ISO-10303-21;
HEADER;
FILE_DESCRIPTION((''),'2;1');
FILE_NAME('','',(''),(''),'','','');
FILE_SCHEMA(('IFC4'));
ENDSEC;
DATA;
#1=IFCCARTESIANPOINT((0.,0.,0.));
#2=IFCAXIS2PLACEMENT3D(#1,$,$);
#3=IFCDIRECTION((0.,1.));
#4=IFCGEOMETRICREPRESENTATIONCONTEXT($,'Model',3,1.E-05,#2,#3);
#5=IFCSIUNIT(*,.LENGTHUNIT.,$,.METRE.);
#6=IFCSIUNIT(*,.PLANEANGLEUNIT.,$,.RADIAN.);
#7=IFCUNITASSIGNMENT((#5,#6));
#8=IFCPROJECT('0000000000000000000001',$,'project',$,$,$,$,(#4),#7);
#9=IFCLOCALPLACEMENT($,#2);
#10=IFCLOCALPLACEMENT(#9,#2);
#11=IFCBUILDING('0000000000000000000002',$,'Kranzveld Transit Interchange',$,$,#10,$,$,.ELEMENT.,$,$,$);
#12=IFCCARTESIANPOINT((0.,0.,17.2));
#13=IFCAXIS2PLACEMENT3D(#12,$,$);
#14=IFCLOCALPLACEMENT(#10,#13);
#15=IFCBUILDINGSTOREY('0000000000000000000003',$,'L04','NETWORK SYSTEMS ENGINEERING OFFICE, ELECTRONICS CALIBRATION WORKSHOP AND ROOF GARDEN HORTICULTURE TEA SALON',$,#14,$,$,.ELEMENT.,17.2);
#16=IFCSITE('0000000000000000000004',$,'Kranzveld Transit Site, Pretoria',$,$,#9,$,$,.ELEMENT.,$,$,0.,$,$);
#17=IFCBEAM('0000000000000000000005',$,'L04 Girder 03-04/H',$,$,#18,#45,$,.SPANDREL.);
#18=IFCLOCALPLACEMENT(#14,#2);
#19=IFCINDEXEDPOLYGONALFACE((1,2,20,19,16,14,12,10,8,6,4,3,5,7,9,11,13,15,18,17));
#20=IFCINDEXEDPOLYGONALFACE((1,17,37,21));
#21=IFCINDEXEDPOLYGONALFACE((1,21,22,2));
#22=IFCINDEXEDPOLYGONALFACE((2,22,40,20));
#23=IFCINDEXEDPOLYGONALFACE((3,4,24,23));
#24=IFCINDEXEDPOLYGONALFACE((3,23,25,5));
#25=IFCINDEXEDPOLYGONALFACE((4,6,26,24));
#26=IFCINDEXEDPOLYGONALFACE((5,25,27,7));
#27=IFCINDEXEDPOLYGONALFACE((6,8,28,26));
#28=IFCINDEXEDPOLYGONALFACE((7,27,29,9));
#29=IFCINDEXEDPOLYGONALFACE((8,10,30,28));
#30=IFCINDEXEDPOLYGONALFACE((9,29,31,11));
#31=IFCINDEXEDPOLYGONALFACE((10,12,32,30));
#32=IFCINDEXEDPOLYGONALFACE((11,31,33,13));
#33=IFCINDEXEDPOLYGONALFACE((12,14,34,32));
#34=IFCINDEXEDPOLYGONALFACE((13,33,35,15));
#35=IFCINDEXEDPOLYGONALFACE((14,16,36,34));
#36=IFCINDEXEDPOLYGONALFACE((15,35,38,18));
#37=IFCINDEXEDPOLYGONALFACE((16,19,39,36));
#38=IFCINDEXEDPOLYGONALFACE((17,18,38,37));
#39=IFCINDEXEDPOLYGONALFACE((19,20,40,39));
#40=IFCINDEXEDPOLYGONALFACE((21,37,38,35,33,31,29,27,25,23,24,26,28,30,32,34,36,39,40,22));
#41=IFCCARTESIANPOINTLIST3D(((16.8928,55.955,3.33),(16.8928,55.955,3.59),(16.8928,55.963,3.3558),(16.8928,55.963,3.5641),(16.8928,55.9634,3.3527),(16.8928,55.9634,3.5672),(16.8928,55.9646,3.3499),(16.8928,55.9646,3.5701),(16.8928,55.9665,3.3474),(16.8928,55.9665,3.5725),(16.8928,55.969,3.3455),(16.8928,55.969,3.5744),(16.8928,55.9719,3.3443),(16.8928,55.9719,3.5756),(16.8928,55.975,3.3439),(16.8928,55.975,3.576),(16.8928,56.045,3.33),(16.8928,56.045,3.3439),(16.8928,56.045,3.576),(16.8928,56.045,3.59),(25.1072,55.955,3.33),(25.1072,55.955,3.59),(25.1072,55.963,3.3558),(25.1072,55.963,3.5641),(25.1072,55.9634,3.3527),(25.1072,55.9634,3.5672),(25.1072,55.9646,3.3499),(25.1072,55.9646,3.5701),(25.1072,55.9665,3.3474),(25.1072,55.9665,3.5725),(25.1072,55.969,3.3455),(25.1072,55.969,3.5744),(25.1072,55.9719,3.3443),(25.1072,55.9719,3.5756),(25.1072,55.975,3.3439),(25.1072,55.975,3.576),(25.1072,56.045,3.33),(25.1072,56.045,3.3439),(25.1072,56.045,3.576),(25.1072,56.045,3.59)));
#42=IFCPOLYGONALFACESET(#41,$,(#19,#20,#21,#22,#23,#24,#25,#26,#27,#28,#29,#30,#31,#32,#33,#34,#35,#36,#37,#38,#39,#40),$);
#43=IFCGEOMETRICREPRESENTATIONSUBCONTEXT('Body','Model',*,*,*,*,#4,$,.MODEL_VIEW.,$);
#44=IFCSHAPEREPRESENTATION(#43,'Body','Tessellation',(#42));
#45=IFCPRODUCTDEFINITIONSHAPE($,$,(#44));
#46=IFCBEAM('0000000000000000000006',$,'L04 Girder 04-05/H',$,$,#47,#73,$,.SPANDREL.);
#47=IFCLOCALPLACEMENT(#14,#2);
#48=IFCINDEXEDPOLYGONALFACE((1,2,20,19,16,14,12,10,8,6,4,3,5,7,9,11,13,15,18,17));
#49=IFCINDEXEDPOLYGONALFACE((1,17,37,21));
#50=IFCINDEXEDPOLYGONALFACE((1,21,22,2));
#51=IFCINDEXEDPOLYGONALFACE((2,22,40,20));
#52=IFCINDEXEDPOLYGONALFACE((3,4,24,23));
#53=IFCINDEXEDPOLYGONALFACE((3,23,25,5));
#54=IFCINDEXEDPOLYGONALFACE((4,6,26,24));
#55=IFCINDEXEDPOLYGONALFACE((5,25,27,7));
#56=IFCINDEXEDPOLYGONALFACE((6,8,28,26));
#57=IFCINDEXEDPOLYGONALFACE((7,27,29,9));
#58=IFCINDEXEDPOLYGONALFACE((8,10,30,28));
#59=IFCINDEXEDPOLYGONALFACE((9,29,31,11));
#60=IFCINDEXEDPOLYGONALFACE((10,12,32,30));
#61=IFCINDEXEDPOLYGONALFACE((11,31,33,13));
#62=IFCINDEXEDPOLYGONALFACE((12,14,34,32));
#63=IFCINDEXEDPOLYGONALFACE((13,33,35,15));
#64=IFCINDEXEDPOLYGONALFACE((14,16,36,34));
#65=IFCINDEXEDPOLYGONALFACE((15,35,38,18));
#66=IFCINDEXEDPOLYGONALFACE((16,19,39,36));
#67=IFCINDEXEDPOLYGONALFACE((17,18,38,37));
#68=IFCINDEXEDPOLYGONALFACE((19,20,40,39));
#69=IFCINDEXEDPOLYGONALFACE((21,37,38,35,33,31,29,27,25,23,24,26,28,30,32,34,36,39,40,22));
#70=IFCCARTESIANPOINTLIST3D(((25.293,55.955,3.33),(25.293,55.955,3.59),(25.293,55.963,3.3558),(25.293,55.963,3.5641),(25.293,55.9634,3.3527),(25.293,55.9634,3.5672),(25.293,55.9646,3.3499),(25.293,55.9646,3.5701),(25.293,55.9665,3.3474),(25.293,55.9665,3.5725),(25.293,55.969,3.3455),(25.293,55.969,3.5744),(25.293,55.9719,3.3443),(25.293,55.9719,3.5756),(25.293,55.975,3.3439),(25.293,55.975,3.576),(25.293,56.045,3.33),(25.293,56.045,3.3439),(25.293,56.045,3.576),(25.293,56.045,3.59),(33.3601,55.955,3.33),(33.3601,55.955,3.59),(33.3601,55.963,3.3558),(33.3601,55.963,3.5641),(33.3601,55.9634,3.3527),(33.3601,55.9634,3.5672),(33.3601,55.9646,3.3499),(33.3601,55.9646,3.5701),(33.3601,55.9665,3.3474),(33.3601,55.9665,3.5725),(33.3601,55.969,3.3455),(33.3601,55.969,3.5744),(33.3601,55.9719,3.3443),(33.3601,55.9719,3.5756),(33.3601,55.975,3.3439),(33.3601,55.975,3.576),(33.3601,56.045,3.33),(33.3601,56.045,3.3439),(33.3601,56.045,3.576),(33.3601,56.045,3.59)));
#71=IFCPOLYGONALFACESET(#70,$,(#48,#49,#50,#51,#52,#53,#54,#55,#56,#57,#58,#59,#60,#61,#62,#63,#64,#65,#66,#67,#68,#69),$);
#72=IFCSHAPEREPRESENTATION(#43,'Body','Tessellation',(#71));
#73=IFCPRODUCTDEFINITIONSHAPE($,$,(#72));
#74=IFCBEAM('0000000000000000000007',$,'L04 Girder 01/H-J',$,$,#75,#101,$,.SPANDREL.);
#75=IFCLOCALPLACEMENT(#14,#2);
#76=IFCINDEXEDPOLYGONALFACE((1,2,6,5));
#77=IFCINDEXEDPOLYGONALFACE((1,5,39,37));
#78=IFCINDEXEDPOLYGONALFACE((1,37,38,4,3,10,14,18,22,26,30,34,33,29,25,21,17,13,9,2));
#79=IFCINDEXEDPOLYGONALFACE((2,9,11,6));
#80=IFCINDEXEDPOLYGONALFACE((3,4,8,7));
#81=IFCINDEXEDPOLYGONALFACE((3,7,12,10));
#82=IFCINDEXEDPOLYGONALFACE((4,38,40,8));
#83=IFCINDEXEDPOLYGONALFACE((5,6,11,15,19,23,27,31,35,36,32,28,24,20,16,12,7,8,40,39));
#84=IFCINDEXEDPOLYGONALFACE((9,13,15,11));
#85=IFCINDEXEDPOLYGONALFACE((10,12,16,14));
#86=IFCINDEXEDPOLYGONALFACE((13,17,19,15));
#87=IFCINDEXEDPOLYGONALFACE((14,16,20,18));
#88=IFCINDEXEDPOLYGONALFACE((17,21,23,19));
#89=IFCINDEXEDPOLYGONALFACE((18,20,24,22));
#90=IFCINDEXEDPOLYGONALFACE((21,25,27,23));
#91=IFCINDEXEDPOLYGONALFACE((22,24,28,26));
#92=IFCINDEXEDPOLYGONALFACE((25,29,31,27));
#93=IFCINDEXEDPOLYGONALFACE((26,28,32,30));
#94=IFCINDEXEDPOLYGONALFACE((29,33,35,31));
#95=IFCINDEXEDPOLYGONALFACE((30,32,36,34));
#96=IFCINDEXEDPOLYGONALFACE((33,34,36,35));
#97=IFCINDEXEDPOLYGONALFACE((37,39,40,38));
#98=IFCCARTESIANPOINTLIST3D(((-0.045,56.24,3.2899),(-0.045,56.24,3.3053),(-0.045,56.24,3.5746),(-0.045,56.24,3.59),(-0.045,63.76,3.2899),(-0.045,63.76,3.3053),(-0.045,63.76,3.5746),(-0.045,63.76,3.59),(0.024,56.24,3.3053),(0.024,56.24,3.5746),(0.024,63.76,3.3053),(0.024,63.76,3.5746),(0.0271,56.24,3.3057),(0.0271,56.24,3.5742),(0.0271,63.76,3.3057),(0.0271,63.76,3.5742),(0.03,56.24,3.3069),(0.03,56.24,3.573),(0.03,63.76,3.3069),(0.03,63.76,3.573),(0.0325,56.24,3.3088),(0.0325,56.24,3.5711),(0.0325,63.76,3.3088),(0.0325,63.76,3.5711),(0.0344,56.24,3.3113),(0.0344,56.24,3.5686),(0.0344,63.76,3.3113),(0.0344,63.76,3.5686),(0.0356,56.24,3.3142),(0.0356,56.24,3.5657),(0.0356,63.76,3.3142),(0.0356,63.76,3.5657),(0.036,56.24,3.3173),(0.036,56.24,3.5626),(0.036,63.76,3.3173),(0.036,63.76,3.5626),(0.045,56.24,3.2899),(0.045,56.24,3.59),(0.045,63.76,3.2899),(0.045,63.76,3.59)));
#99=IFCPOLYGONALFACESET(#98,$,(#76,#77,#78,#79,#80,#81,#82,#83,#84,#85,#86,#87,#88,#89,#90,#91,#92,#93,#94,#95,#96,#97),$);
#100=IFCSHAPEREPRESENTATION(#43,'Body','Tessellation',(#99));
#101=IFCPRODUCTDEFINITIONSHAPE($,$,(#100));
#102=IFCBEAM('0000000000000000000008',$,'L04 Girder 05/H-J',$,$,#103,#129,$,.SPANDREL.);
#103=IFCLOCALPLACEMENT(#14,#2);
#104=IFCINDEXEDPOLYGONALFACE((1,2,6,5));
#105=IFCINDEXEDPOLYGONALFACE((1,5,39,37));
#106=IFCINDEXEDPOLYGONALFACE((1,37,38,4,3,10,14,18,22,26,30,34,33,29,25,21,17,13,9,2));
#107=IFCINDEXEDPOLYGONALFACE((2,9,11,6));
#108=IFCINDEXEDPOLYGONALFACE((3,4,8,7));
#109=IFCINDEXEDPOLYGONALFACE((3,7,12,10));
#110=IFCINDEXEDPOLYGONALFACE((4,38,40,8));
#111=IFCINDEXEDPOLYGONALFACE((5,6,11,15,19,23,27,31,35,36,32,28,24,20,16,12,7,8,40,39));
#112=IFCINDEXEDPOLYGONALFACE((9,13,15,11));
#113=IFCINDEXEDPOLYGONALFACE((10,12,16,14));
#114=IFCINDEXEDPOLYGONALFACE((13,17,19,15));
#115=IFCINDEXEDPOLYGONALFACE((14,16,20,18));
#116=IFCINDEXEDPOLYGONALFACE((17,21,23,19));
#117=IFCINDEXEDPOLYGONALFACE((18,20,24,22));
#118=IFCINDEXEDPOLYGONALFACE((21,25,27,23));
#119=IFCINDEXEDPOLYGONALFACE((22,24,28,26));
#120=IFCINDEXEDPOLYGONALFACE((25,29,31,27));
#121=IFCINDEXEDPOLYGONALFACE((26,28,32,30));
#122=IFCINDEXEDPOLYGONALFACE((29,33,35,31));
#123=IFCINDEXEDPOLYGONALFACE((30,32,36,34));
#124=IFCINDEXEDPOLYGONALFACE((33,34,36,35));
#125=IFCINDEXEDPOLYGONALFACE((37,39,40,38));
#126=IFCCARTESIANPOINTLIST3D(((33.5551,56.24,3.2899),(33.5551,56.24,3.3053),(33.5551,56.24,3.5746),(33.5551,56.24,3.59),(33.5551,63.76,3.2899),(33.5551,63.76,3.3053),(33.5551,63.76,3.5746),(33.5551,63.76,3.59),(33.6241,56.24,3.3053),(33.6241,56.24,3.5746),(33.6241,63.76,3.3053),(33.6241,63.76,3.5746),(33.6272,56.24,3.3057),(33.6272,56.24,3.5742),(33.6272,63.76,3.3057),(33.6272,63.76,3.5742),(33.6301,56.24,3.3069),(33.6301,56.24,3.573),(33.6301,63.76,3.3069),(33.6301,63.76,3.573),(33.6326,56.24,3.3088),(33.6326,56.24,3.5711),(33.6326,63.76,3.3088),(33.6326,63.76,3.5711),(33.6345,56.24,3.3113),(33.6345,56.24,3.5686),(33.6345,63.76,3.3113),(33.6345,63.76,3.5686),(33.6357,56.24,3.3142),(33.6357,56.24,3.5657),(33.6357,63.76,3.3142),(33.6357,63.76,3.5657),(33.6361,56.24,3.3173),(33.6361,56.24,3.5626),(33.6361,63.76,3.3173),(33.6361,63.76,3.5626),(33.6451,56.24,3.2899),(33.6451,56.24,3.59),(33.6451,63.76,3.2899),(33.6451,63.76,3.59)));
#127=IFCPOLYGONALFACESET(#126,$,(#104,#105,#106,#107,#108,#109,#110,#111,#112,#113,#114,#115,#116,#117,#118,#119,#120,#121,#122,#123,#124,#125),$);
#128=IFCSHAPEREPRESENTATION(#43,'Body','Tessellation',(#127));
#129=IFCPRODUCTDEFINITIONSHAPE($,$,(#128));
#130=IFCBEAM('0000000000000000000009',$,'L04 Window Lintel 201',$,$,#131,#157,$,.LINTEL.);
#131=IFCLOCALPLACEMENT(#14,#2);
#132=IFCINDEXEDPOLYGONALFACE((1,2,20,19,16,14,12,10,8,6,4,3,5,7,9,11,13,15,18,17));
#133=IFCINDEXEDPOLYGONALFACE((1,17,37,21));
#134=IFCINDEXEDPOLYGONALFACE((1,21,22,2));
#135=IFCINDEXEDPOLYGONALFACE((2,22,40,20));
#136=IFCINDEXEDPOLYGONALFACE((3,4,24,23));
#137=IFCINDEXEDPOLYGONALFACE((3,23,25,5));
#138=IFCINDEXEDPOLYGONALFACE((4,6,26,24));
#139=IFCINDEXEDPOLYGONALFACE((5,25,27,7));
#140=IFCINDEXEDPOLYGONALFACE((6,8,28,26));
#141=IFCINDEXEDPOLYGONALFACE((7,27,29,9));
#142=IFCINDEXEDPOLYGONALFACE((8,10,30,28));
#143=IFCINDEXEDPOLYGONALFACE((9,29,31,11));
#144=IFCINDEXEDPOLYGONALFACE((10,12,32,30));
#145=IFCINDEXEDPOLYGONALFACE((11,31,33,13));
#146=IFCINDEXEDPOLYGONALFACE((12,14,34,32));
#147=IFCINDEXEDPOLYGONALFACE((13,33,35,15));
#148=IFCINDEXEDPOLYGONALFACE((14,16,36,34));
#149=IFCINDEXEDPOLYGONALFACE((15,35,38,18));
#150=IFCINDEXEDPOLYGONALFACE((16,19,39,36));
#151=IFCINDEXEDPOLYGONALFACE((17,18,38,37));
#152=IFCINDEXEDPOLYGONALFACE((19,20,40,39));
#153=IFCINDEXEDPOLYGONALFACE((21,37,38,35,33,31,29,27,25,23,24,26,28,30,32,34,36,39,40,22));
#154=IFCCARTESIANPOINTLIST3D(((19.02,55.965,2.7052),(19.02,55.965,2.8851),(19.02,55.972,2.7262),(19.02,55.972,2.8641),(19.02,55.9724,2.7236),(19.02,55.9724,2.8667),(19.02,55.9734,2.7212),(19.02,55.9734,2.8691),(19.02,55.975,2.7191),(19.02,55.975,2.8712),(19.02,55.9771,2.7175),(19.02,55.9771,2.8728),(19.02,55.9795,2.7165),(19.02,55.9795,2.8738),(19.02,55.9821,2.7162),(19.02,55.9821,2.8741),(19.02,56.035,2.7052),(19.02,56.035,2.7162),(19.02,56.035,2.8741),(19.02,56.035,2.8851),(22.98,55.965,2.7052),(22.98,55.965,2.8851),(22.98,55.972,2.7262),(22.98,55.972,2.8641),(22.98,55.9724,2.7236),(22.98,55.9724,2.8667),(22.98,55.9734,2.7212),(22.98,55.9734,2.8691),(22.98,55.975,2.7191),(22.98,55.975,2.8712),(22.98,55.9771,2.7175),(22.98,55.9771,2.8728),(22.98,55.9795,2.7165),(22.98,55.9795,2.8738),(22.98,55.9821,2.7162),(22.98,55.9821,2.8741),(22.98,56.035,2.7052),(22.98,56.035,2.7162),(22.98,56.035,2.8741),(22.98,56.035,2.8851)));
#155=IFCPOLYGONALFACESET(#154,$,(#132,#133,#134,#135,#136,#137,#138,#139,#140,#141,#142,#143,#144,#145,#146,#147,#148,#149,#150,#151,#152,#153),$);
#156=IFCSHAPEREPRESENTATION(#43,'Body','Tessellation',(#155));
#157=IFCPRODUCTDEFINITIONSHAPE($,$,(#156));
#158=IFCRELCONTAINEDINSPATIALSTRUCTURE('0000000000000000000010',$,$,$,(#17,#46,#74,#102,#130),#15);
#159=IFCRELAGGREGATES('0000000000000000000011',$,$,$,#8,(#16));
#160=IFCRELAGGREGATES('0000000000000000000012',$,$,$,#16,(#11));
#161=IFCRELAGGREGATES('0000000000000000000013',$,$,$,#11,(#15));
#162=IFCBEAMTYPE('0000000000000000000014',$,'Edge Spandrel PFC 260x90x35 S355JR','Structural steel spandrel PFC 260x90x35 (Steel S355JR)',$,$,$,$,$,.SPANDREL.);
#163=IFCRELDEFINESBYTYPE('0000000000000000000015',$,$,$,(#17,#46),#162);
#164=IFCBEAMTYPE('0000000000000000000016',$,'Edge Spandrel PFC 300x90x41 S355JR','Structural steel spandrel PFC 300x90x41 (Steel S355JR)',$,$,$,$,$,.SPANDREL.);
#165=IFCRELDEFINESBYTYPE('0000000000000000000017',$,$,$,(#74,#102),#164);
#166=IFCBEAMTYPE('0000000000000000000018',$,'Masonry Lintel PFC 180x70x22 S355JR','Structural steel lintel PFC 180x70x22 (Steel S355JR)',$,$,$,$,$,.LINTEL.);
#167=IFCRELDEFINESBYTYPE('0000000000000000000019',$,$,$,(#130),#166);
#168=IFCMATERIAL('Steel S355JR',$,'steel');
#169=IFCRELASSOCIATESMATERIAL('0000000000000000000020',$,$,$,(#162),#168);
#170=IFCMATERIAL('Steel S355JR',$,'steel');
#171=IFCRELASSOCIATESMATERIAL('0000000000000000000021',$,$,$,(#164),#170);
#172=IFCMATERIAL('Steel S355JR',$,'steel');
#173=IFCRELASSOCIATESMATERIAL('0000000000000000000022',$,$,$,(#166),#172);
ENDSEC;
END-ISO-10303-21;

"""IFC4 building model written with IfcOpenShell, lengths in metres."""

from ifc_helpers import new_model, si_unit, direction, frame, origin, origin_2d, place, context, subcontext, project, spatial, u_section, extrude, material, material_profile, profile_set, type_object, element, save


model = new_model("IFC4")

# Units and contexts
model_context = context("Model", 3, precision=1e-05, world=origin(), true_north=direction((0.0, 1.0)))
body_context = subcontext(model_context, "Body", "Model", "MODEL_VIEW")
ifc_project = project(units=[si_unit("LENGTHUNIT", "METRE"), si_unit("PLANEANGLEUNIT", "RADIAN")], contexts=[model_context])

# Site, building, storey
site_placement = place(None, origin())
site = spatial("IfcSite", under=ifc_project, at=site_placement, Name="Kranzveld Transit Site, Pretoria", CompositionType="ELEMENT", RefElevation=0.0)
building_placement = place(site_placement, origin())
building = spatial("IfcBuilding", under=site, at=building_placement, Name="Kranzveld Transit Interchange", CompositionType="ELEMENT")
storey_placement = place(building_placement, frame((0.0, 0.0, 17.2)))
storey = spatial("IfcBuildingStorey", under=building, at=storey_placement, Name="L04", Description="NETWORK SYSTEMS ENGINEERING OFFICE, ELECTRONICS CALIBRATION WORKSHOP AND ROOF GARDEN HORTICULTURE TEA SALON", CompositionType="ELEMENT", Elevation=17.2)

# Beams
ifc_material_1 = material(Name="Steel S355JR", Category="steel")
ifc_material_profile_1 = material_profile(ifc_material_1, u_section(Depth=0.26, FlangeWidth=0.0901, WebThickness=0.0081, FlangeThickness=0.0139, FilletRadius=0.012, at=origin_2d()), Name="PFC 260x90x35")
ifc_profile_set_1 = profile_set([ifc_material_profile_1], Name="Steel S355JR")
beam_type_1 = type_object("IfcBeamType", Name="Edge Spandrel PFC 260x90x35 S355JR", Description="Structural steel spandrel PFC 260x90x35 (Steel S355JR)", PredefinedType="SPANDREL", material=ifc_profile_set_1)
beam_1_placement = place(storey_placement, frame((16.8928, 56.0, 3.46), z_axis=(1.0, 0.0, 0.0), x_axis=(0.0, 1.0, 0.0)))
element("IfcBeam", 1, at=beam_1_placement, inside=storey, type_object=beam_type_1, Name="L04 Girder 03-04/H", PredefinedType="SPANDREL", context=body_context, shape_type="SweptSolid", body=[
    extrude(u_section(Depth=0.26, FlangeWidth=0.0901, WebThickness=0.0081, FlangeThickness=0.0139, FilletRadius=0.012, at=origin_2d()), origin(), (0.0, 0.0, 1.0), 8.2144),
])
beam_2_placement = place(storey_placement, frame((25.293, 56.0, 3.46), z_axis=(1.0, 0.0, 0.0), x_axis=(0.0, 1.0, 0.0)))
element("IfcBeam", 2, at=beam_2_placement, inside=storey, type_object=beam_type_1, Name="L04 Girder 04-05/H", PredefinedType="SPANDREL", context=body_context, shape_type="SweptSolid", body=[
    extrude(u_section(Depth=0.26, FlangeWidth=0.0901, WebThickness=0.0081, FlangeThickness=0.0139, FilletRadius=0.012, at=origin_2d()), origin(), (0.0, 0.0, 1.0), 8.0671),
])
ifc_material_2 = material(Name="Steel S355JR", Category="steel")
ifc_material_profile_2 = material_profile(ifc_material_2, u_section(Depth=0.3, FlangeWidth=0.0901, WebThickness=0.009, FlangeThickness=0.0154, FilletRadius=0.012, at=origin_2d()), Name="PFC 300x90x41")
ifc_profile_set_2 = profile_set([ifc_material_profile_2], Name="Steel S355JR")
beam_type_2 = type_object("IfcBeamType", Name="Edge Spandrel PFC 300x90x41 S355JR", Description="Structural steel spandrel PFC 300x90x41 (Steel S355JR)", PredefinedType="SPANDREL", material=ifc_profile_set_2)
for number, where, z_axis, x_axis, name in (
    (3, (0.0, 56.24, 3.4399), (0.0, 1.0, 0.0), (-1.0, 0.0, 0.0), "L04 Girder 01/H-J"),
    (4, (33.6001, 56.24, 3.4399), (0.0, 1.0, 0.0), (-1.0, 0.0, 0.0), "L04 Girder 05/H-J"),
):
    element("IfcBeam", number, at=place(storey_placement, frame(where, z_axis=z_axis, x_axis=x_axis)), inside=storey, type_object=beam_type_2, Name=name, PredefinedType="SPANDREL", context=body_context, shape_type="SweptSolid", body=[
        extrude(u_section(Depth=0.3, FlangeWidth=0.0901, WebThickness=0.009, FlangeThickness=0.0154, FilletRadius=0.012, at=origin_2d()), origin(), (0.0, 0.0, 1.0), 7.52),
    ])
ifc_material_3 = material(Name="Steel S355JR", Category="steel")
ifc_material_profile_3 = material_profile(ifc_material_3, u_section(Depth=0.1799, FlangeWidth=0.0701, WebThickness=0.0071, FlangeThickness=0.011, FilletRadius=0.01, at=origin_2d()), Name="PFC 180x70x22")
ifc_profile_set_3 = profile_set([ifc_material_profile_3], Name="Steel S355JR")
beam_type_3 = type_object("IfcBeamType", Name="Masonry Lintel PFC 180x70x22 S355JR", Description="Structural steel lintel PFC 180x70x22 (Steel S355JR)", PredefinedType="LINTEL", material=ifc_profile_set_3)
beam_3_placement = place(storey_placement, frame((19.02, 56.0, 2.7952), z_axis=(1.0, 0.0, 0.0), x_axis=(0.0, 1.0, 0.0)))
element("IfcBeam", 5, at=beam_3_placement, inside=storey, type_object=beam_type_3, Name="L04 Window Lintel 201", PredefinedType="LINTEL", context=body_context, shape_type="SweptSolid", body=[
    extrude(u_section(Depth=0.1799, FlangeWidth=0.0701, WebThickness=0.0071, FlangeThickness=0.011, FilletRadius=0.01, at=origin_2d()), origin(), (0.0, 0.0, 1.0), 3.96),
])

save(model, "model.ifc")
